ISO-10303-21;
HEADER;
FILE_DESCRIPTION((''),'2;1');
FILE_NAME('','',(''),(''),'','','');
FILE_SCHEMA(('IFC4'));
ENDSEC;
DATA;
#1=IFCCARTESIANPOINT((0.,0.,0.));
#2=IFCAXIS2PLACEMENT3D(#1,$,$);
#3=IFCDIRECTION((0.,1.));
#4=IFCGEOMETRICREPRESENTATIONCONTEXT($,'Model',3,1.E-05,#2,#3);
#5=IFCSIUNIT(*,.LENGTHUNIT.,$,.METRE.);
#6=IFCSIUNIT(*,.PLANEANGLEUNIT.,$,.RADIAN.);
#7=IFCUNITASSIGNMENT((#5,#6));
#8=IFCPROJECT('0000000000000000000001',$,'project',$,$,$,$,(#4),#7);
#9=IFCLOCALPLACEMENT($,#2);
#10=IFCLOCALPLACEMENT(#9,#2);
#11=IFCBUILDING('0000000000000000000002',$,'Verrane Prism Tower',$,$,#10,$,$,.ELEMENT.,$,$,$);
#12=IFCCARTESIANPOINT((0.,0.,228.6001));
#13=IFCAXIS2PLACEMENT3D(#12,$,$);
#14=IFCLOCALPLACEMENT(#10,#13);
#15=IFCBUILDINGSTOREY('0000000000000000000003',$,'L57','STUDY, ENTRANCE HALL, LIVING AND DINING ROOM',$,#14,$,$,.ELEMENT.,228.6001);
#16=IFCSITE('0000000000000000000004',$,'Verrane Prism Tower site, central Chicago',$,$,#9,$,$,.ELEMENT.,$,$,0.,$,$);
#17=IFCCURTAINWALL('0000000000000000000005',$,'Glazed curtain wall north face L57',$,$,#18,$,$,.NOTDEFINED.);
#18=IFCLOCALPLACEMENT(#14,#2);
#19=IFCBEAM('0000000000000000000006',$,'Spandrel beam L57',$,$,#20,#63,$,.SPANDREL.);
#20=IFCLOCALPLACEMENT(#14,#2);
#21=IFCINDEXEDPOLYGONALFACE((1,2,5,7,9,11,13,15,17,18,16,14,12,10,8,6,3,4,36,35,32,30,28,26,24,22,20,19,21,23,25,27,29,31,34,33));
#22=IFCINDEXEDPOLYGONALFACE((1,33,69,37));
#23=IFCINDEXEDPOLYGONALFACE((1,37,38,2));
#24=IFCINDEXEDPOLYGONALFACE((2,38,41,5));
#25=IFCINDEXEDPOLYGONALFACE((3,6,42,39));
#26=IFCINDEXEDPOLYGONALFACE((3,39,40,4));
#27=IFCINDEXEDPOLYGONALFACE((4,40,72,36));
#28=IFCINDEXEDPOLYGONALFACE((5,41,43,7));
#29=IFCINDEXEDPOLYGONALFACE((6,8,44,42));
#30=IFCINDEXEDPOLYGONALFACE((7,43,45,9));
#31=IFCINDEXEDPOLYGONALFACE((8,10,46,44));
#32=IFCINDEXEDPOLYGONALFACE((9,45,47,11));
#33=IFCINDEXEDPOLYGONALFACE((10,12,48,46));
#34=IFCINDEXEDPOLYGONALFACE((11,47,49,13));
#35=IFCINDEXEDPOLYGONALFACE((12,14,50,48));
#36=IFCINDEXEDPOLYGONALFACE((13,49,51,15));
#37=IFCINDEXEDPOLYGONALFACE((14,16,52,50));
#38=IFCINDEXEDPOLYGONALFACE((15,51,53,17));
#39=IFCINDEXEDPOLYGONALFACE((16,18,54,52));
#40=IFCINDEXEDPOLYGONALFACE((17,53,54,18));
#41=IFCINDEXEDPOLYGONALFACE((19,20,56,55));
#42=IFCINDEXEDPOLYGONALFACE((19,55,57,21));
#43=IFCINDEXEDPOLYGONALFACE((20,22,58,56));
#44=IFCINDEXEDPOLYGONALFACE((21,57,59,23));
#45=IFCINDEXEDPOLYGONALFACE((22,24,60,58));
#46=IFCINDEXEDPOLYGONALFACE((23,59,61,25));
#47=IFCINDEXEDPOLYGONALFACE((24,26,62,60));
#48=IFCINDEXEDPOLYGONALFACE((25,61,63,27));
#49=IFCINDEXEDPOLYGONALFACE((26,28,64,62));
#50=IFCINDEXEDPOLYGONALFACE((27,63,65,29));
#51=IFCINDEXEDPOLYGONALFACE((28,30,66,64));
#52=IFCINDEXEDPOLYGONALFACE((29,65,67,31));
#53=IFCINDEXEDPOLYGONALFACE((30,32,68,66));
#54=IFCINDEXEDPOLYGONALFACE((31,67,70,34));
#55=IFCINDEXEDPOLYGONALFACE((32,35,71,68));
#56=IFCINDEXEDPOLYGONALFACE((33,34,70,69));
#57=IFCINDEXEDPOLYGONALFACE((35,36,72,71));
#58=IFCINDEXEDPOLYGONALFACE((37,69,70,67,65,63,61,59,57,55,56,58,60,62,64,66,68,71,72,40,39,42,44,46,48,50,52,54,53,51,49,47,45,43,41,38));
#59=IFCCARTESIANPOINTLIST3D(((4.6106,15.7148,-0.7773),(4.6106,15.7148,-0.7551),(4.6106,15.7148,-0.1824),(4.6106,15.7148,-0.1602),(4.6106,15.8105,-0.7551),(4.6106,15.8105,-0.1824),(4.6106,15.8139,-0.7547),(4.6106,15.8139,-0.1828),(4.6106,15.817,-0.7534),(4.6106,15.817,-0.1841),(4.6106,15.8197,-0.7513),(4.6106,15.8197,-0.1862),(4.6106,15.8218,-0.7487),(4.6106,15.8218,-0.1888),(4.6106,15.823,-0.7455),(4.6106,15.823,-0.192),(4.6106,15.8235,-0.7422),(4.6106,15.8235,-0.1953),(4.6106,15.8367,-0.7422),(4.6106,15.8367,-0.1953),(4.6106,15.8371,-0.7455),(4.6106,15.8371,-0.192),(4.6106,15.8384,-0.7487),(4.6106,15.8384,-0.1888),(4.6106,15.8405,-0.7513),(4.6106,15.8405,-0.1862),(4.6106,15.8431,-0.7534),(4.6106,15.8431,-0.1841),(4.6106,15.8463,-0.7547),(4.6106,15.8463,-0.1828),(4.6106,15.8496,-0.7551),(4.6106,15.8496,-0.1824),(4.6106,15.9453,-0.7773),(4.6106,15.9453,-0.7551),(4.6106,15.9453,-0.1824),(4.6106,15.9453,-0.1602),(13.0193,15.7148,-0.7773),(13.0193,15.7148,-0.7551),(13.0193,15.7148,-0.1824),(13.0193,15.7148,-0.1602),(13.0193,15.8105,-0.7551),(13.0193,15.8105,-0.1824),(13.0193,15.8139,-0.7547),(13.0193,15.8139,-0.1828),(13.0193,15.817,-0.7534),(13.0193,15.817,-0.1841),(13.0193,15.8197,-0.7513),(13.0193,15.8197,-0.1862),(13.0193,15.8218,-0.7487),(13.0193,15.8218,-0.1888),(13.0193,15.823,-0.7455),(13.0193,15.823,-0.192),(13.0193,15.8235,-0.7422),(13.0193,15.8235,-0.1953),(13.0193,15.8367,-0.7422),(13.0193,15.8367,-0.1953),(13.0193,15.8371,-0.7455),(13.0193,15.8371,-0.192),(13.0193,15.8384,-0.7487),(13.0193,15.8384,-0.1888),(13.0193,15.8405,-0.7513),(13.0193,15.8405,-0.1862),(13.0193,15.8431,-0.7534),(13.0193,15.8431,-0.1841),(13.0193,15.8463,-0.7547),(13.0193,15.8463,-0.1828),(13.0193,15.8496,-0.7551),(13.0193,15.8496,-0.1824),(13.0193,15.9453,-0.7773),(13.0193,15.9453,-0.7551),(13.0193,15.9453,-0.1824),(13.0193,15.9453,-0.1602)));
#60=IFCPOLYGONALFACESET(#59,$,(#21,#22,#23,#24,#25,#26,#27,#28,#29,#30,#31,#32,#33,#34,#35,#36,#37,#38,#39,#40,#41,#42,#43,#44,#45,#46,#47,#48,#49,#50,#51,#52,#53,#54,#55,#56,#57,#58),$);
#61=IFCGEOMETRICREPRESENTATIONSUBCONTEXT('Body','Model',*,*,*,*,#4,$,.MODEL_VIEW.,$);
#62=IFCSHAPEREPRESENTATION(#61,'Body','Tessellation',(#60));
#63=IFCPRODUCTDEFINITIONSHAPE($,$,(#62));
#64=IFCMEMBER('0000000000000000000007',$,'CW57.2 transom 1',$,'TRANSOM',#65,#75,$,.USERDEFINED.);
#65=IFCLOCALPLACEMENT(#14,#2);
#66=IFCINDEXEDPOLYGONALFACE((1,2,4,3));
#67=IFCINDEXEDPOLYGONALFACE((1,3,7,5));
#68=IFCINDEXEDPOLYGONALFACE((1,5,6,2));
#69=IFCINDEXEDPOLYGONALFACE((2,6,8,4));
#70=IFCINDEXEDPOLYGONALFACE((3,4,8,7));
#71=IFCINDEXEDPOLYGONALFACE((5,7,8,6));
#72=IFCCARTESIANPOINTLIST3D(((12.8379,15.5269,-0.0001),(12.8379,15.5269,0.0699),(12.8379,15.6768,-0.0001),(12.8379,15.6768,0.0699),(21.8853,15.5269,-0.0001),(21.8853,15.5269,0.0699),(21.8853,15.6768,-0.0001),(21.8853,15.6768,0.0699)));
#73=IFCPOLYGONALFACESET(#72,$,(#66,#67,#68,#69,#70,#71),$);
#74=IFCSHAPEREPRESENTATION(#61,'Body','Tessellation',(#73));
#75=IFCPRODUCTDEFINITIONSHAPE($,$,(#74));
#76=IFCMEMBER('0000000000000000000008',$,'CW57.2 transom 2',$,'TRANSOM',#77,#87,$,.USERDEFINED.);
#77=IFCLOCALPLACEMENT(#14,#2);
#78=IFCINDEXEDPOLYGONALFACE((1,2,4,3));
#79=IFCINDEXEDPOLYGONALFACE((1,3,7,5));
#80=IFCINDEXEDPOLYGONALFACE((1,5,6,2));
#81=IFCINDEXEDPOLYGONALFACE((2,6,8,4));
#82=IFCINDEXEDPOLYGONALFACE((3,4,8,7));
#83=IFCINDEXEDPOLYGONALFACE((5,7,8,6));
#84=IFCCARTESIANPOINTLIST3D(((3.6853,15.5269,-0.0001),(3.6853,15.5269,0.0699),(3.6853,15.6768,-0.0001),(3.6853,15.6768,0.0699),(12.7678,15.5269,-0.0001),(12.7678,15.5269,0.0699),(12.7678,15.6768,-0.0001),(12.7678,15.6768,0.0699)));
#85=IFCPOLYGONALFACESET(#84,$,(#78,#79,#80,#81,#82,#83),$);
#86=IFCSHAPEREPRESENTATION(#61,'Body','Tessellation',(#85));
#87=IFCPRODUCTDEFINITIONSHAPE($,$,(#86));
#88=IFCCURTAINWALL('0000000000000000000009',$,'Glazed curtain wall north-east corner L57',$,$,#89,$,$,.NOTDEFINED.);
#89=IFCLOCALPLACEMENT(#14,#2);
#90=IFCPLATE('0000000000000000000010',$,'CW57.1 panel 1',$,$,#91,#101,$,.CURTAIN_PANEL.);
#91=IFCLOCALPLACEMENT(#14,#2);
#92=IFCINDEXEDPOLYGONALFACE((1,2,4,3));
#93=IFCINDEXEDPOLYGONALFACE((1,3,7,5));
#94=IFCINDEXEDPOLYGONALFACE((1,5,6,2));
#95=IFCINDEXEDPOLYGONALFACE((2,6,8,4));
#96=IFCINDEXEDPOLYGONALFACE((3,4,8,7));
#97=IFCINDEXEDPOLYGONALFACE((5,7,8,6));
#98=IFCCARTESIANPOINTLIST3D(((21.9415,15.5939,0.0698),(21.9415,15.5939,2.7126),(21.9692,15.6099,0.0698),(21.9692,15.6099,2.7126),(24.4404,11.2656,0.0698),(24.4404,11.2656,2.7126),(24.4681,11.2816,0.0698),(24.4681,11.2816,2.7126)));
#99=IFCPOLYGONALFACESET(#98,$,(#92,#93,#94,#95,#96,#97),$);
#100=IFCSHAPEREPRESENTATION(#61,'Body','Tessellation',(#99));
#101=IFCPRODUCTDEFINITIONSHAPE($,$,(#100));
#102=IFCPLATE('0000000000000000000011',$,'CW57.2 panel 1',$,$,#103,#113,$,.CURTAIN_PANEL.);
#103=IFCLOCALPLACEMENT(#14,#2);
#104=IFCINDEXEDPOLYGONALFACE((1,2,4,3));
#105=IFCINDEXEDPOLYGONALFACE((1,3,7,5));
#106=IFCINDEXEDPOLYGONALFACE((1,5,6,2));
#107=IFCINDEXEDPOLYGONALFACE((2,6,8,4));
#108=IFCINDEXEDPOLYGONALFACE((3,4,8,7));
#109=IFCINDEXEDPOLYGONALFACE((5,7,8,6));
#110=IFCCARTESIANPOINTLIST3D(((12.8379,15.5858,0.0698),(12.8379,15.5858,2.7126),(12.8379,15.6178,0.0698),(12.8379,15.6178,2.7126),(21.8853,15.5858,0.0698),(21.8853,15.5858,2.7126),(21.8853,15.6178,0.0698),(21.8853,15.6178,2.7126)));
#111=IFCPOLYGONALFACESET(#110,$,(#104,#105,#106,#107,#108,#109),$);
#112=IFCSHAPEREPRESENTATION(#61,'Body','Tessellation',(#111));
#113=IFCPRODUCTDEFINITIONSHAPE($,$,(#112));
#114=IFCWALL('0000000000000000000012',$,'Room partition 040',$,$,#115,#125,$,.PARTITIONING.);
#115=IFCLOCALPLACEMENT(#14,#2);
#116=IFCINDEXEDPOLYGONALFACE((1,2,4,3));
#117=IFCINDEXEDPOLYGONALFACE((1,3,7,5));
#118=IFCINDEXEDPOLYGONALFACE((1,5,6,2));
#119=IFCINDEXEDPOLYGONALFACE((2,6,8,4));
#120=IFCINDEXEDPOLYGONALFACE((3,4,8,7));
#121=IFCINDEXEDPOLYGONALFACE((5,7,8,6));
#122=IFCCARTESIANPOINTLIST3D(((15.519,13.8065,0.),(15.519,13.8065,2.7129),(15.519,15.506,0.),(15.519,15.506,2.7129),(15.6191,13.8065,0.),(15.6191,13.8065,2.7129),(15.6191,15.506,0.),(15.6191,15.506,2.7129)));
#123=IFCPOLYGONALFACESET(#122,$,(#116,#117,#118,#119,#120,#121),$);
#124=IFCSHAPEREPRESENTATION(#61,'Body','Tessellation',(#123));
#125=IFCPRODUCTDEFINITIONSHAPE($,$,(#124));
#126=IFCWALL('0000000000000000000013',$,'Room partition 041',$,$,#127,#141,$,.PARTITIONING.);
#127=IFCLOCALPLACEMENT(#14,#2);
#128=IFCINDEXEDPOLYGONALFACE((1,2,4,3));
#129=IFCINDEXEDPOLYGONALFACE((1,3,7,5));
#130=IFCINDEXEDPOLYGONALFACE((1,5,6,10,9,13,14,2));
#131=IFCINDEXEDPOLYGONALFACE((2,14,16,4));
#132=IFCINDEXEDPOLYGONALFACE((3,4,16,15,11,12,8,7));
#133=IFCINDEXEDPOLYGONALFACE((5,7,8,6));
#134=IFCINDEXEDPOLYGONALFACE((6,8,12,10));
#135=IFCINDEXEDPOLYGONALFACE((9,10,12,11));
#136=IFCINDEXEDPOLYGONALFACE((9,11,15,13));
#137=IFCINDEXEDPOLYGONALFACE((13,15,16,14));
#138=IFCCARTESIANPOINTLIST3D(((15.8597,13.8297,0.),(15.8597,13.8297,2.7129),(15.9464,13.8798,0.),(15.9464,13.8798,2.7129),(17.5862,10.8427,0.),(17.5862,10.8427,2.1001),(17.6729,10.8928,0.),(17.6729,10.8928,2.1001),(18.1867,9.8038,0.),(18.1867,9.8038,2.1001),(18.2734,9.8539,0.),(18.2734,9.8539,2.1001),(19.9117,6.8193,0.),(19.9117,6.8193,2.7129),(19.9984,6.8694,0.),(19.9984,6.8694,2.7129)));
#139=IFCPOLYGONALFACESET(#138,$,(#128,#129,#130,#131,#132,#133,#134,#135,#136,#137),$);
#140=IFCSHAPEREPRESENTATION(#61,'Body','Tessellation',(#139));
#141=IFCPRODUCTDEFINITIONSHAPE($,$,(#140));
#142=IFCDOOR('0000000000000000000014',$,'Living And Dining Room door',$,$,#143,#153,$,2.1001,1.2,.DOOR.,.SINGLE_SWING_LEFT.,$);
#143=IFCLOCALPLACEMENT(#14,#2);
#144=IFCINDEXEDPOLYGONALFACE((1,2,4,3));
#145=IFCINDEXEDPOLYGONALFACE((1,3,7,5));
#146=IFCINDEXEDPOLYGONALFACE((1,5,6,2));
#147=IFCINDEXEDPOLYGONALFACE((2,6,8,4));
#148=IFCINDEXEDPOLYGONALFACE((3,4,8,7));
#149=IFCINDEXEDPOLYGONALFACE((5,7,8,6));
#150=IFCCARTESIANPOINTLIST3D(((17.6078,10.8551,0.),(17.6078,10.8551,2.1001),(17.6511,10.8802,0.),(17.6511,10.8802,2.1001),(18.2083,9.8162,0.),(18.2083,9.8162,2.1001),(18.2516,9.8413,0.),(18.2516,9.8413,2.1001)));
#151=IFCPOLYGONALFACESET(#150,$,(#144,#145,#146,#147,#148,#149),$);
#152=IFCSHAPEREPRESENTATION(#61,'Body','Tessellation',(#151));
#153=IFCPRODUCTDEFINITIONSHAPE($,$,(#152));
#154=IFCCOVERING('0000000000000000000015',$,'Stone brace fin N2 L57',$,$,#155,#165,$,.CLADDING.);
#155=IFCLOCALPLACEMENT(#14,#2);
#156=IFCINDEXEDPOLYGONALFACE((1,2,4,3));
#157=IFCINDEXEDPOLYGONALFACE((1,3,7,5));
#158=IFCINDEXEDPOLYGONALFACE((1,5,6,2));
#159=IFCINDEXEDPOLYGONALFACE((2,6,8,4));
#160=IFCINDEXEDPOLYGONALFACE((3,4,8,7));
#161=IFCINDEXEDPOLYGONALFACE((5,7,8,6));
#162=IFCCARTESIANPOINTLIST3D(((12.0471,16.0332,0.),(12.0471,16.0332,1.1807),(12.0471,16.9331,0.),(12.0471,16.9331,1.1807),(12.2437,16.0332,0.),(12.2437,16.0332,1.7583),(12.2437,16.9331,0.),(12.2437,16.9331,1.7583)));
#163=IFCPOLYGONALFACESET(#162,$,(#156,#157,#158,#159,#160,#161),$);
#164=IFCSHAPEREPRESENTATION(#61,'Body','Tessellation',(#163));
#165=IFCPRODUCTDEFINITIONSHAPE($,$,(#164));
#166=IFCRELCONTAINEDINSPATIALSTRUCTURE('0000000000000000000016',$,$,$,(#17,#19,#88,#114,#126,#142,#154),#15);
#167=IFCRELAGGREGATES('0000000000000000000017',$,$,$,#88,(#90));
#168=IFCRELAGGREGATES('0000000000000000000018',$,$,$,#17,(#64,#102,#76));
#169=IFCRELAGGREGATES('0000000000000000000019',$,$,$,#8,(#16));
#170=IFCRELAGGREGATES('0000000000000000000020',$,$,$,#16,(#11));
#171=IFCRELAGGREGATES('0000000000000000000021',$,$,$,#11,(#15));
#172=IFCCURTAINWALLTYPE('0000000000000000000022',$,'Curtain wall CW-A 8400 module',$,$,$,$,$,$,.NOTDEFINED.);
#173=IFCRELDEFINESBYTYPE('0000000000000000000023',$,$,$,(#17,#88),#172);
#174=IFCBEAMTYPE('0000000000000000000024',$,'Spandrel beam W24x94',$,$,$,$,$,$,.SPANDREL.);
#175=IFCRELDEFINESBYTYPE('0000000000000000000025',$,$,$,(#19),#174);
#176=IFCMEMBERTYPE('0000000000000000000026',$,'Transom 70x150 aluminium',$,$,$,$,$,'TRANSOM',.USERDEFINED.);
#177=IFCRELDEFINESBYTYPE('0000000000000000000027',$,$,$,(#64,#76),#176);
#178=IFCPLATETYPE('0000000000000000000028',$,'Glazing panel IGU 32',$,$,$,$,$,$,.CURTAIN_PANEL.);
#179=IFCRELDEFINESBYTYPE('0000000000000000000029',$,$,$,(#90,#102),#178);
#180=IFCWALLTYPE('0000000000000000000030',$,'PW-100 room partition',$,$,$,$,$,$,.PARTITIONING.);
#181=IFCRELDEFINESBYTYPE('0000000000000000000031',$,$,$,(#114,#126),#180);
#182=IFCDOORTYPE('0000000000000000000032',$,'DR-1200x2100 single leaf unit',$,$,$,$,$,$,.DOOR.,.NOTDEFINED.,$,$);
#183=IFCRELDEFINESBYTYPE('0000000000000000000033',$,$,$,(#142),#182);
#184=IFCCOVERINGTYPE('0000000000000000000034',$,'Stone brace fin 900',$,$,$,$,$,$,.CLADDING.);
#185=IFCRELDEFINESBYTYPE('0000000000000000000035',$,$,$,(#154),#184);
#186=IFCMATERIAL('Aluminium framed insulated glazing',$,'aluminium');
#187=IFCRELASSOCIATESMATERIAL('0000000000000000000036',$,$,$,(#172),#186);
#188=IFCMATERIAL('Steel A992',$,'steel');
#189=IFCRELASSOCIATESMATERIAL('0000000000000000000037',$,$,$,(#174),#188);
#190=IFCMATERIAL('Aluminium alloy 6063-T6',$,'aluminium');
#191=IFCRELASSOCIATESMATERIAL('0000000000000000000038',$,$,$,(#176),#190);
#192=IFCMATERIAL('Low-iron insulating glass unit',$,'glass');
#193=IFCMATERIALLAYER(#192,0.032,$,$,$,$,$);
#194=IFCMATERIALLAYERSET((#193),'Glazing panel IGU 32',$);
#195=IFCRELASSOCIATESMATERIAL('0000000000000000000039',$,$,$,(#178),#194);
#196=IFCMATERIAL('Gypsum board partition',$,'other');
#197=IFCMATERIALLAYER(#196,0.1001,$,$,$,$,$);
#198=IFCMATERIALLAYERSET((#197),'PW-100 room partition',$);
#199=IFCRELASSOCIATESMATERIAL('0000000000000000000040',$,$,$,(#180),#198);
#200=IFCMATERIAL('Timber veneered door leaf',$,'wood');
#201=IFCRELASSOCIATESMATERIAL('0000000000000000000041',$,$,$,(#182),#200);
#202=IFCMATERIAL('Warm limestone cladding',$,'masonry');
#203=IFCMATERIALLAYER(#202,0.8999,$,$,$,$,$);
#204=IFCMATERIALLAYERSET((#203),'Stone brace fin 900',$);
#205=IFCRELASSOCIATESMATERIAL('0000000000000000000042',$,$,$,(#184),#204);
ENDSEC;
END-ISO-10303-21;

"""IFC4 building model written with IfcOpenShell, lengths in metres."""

from ifc_helpers import new_model, si_unit, direction, frame, frame_2d, origin, origin_2d, place, context, subcontext, project, spatial, polyline, rectangle, i_section, outline, extrude, material, layer, layer_set, material_profile, profile_set, type_object, element, fill, aggregate, save


model = new_model("IFC4")

# Units and contexts
model_context = context("Model", 3, precision=1e-05, world=origin(), true_north=direction((0.0, 1.0)))
body_context = subcontext(model_context, "Body", "Model", "MODEL_VIEW")
ifc_project = project(units=[si_unit("LENGTHUNIT", "METRE"), si_unit("PLANEANGLEUNIT", "RADIAN")], contexts=[model_context])

# Site, building, storey
site_placement = place(None, origin())
site = spatial("IfcSite", under=ifc_project, at=site_placement, Name="Verrane Prism Tower site, central Chicago", CompositionType="ELEMENT", RefElevation=0.0)
building_placement = place(site_placement, origin())
building = spatial("IfcBuilding", under=site, at=building_placement, Name="Verrane Prism Tower", CompositionType="ELEMENT")
storey_placement = place(building_placement, frame((0.0, 0.0, 228.6001)))
storey = spatial("IfcBuildingStorey", under=building, at=storey_placement, Name="L57", Description="STUDY, ENTRANCE HALL, LIVING AND DINING ROOM", CompositionType="ELEMENT", Elevation=228.6001)

# Curtain wall
ifc_material_1 = material(Name="Aluminium framed insulated glazing", Category="aluminium")
curtain_wall_type = type_object("IfcCurtainWallType", Name="Curtain wall CW-A 8400 module", PredefinedType="NOTDEFINED", material=ifc_material_1)
curtain_wall_1_placement = place(storey_placement, origin())
curtain_wall_1 = element("IfcCurtainWall", 1, at=curtain_wall_1_placement, inside=storey, type_object=curtain_wall_type, Name="Glazed curtain wall north face L57", PredefinedType="NOTDEFINED")

# Beam
ifc_material_2 = material(Name="Steel A992", Category="steel")
ifc_material_profile_1 = material_profile(ifc_material_2, i_section(OverallWidth=0.2305, OverallDepth=0.6172, WebThickness=0.0132, FlangeThickness=0.0222, FilletRadius=0.0129, at=origin_2d()), Name="W24x94")
ifc_profile_set_1 = profile_set([ifc_material_profile_1], Name="Steel A992")
beam_type_1 = type_object("IfcBeamType", Name="Spandrel beam W24x94", PredefinedType="SPANDREL", material=ifc_profile_set_1)
beam_1_placement = place(storey_placement, frame((13.0193, 15.8301, -0.4688), z_axis=(-1.0, 0.0, 0.0), x_axis=(0.0, -1.0, 0.0)))
element("IfcBeam", 2, at=beam_1_placement, inside=storey, type_object=beam_type_1, Name="Spandrel beam L57", PredefinedType="SPANDREL", context=body_context, shape_type="SweptSolid", body=[
    extrude(i_section(OverallWidth=0.2305, OverallDepth=0.6172, WebThickness=0.0132, FlangeThickness=0.0222, FilletRadius=0.0129, at=origin_2d()), origin(), (0.0, 0.0, 1.0), 8.4087),
])

# Members
ifc_material_3 = material(Name="Aluminium alloy 6063-T6", Category="aluminium")
ifc_material_profile_2 = material_profile(ifc_material_3, rectangle(XDim=0.1499, YDim=0.0701, at=origin_2d()), Name="Transom 70x150 aluminium")
ifc_profile_set_2 = profile_set([ifc_material_profile_2], Name="Aluminium alloy 6063-T6")
member_type_1 = type_object("IfcMemberType", Name="Transom 70x150 aluminium", ElementType="TRANSOM", PredefinedType="USERDEFINED", material=ifc_profile_set_2)
member_1_placement = place(storey_placement, frame((21.8853, 15.6018, 0.0349), z_axis=(-1.0, 0.0, 0.0), x_axis=(0.0, -1.0, 0.0)))
member_1 = element("IfcMember", 3, at=member_1_placement, type_object=member_type_1, Name="CW57.2 transom 1", ObjectType="TRANSOM", PredefinedType="USERDEFINED", context=body_context, shape_type="SweptSolid", body=[
    extrude(rectangle(XDim=0.1499, YDim=0.0701, at=origin_2d()), origin(), (0.0, 0.0, 1.0), 9.0474),
])
member_2_placement = place(storey_placement, frame((12.7678, 15.6018, 0.0349), z_axis=(-1.0, 0.0, 0.0), x_axis=(0.0, -1.0, 0.0)))
member_2 = element("IfcMember", 4, at=member_2_placement, type_object=member_type_1, Name="CW57.2 transom 2", ObjectType="TRANSOM", PredefinedType="USERDEFINED", context=body_context, shape_type="SweptSolid", body=[
    extrude(rectangle(XDim=0.1499, YDim=0.0701, at=origin_2d()), origin(), (0.0, 0.0, 1.0), 9.0825),
])

# Curtain wall, plate
curtain_wall_2_placement = place(storey_placement, origin())
curtain_wall_2 = element("IfcCurtainWall", 5, at=curtain_wall_2_placement, inside=storey, type_object=curtain_wall_type, Name="Glazed curtain wall north-east corner L57", PredefinedType="NOTDEFINED")
ifc_material_4 = material(Name="Low-iron insulating glass unit", Category="glass")
ifc_layer_1 = layer(ifc_material_4, 0.032)
ifc_layer_set_1 = layer_set([ifc_layer_1], Name="Glazing panel IGU 32")
plate_type = type_object("IfcPlateType", Name="Glazing panel IGU 32", PredefinedType="CURTAIN_PANEL", material=ifc_layer_set_1)
plate_1_placement = place(storey_placement, frame((23.2048, 13.4377, 0.0698), z_axis=(0.0, 0.0, 1.0), x_axis=(-0.499995, 0.866028, 0.0)))
plate_1 = element("IfcPlate", 6, at=plate_1_placement, type_object=plate_type, Name="CW57.1 panel 1", PredefinedType="CURTAIN_PANEL", context=body_context, shape_type="SweptSolid", body=[
    extrude(rectangle(XDim=4.9978, YDim=0.032, at=origin_2d()), origin(), (0.0, 0.0, 1.0), 2.6428),
])
aggregate(curtain_wall_2, [plate_1])

# Plate
plate_2_placement = place(storey_placement, frame((17.3616, 15.6018, 0.0698), z_axis=(0.0, 0.0, 1.0), x_axis=(-1.0, 0.0, 0.0)))
plate_2 = element("IfcPlate", 7, at=plate_2_placement, type_object=plate_type, Name="CW57.2 panel 1", PredefinedType="CURTAIN_PANEL", context=body_context, shape_type="SweptSolid", body=[
    extrude(rectangle(XDim=9.0474, YDim=0.032, at=origin_2d()), origin(), (0.0, 0.0, 1.0), 2.6428),
])
aggregate(curtain_wall_1, [member_1, plate_2, member_2])

# Wall
ifc_material_5 = material(Name="Gypsum board partition", Category="other")
ifc_layer_2 = layer(ifc_material_5, 0.1001)
ifc_layer_set_2 = layer_set([ifc_layer_2], Name="PW-100 room partition")
wall_type = type_object("IfcWallType", Name="PW-100 room partition", PredefinedType="PARTITIONING", material=ifc_layer_set_2)
wall_1_placement = place(storey_placement, frame((15.5691, 13.8066, 0.0), z_axis=(0.0, 0.0, 1.0), x_axis=(0.0, 1.0, 0.0)))
element("IfcWall", 8, at=wall_1_placement, inside=storey, type_object=wall_type, Name="Room partition 040", PredefinedType="PARTITIONING", context=body_context, shape_type="SweptSolid", body=[
    extrude(rectangle(XDim=1.6995, YDim=0.1001, at=frame_2d((0.8496, 0.0))), origin(), (0.0, 0.0, 1.0), 2.7129),
])

# Wall, opening, door
wall_2_placement = place(storey_placement, frame((15.9031, 13.8547, 0.0), z_axis=(0.0, 0.0, 1.0), x_axis=(0.500416, -0.865785, 0.0)))
wall_2 = element("IfcWall", 9, at=wall_2_placement, inside=storey, type_object=wall_type, Name="Room partition 041", PredefinedType="PARTITIONING", context=body_context, shape_type="SweptSolid", body=[
    extrude(rectangle(XDim=8.0972, YDim=0.1001, at=frame_2d((4.0486, 0.0))), origin(), (0.0, 0.0, 1.0), 2.7129),
])
opening_placement = place(wall_2_placement, frame((3.45, 0.0, 0.0)))
opening = element("IfcOpeningElement", 10, at=opening_placement, cuts=wall_2, PredefinedType="OPENING", context=body_context, shape_type="SweptSolid", body=[
    extrude(rectangle(XDim=1.2, YDim=2.1001, at=frame_2d((0.6001, 1.05))), frame((0.0, 0.0601, 0.0), z_axis=(0.0, -1.0, 0.0), x_axis=(1.0, 0.0, 0.0)), (0.0, 0.0, 1.0), 0.1201),
])
ifc_material_6 = material(Name="Timber veneered door leaf", Category="wood")
door_type = type_object("IfcDoorType", Name="DR-1200x2100 single leaf unit", OperationType="NOTDEFINED", PredefinedType="DOOR", material=ifc_material_6)
door_placement = place(opening_placement, origin())
door = element("IfcDoor", 11, at=door_placement, inside=storey, type_object=door_type, Name="Living And Dining Room door", OperationType="SINGLE_SWING_LEFT", OverallHeight=2.1001, OverallWidth=1.2, PredefinedType="DOOR", context=body_context, shape_type="SweptSolid", body=[
    extrude(rectangle(XDim=1.2, YDim=2.1001, at=frame_2d((0.6001, 1.05))), frame((0.0, 0.0249, 0.0), z_axis=(0.0, -1.0, 0.0), x_axis=(1.0, 0.0, 0.0)), (0.0, 0.0, 1.0), 0.05),
])
fill(opening, door)

# Covering
ifc_material_7 = material(Name="Warm limestone cladding", Category="masonry")
ifc_layer_3 = layer(ifc_material_7, 0.8999)
ifc_layer_set_3 = layer_set([ifc_layer_3], Name="Stone brace fin 900")
covering_type = type_object("IfcCoveringType", Name="Stone brace fin 900", PredefinedType="CLADDING", material=ifc_layer_set_3)
covering_placement = place(storey_placement, frame((12.0471, 16.4832, 0.0), z_axis=(0.0, 0.0, 1.0), x_axis=(1.0, 0.0, 0.0)))
element("IfcCovering", 12, at=covering_placement, inside=storey, type_object=covering_type, Name="Stone brace fin N2 L57", PredefinedType="CLADDING", context=body_context, shape_type="SweptSolid", body=[
    extrude(outline(polyline([(0.0, 0.0), (0.1965, 0.0), (0.1965, 1.7583), (0.0, 1.1807), (0.0, 0.0)])), frame((0.0, 0.45, 0.0), z_axis=(0.0, -1.0, 0.0), x_axis=(1.0, 0.0, 0.0)), (0.0, 0.0, 1.0), 0.8999),
])

save(model, "model.ifc")
